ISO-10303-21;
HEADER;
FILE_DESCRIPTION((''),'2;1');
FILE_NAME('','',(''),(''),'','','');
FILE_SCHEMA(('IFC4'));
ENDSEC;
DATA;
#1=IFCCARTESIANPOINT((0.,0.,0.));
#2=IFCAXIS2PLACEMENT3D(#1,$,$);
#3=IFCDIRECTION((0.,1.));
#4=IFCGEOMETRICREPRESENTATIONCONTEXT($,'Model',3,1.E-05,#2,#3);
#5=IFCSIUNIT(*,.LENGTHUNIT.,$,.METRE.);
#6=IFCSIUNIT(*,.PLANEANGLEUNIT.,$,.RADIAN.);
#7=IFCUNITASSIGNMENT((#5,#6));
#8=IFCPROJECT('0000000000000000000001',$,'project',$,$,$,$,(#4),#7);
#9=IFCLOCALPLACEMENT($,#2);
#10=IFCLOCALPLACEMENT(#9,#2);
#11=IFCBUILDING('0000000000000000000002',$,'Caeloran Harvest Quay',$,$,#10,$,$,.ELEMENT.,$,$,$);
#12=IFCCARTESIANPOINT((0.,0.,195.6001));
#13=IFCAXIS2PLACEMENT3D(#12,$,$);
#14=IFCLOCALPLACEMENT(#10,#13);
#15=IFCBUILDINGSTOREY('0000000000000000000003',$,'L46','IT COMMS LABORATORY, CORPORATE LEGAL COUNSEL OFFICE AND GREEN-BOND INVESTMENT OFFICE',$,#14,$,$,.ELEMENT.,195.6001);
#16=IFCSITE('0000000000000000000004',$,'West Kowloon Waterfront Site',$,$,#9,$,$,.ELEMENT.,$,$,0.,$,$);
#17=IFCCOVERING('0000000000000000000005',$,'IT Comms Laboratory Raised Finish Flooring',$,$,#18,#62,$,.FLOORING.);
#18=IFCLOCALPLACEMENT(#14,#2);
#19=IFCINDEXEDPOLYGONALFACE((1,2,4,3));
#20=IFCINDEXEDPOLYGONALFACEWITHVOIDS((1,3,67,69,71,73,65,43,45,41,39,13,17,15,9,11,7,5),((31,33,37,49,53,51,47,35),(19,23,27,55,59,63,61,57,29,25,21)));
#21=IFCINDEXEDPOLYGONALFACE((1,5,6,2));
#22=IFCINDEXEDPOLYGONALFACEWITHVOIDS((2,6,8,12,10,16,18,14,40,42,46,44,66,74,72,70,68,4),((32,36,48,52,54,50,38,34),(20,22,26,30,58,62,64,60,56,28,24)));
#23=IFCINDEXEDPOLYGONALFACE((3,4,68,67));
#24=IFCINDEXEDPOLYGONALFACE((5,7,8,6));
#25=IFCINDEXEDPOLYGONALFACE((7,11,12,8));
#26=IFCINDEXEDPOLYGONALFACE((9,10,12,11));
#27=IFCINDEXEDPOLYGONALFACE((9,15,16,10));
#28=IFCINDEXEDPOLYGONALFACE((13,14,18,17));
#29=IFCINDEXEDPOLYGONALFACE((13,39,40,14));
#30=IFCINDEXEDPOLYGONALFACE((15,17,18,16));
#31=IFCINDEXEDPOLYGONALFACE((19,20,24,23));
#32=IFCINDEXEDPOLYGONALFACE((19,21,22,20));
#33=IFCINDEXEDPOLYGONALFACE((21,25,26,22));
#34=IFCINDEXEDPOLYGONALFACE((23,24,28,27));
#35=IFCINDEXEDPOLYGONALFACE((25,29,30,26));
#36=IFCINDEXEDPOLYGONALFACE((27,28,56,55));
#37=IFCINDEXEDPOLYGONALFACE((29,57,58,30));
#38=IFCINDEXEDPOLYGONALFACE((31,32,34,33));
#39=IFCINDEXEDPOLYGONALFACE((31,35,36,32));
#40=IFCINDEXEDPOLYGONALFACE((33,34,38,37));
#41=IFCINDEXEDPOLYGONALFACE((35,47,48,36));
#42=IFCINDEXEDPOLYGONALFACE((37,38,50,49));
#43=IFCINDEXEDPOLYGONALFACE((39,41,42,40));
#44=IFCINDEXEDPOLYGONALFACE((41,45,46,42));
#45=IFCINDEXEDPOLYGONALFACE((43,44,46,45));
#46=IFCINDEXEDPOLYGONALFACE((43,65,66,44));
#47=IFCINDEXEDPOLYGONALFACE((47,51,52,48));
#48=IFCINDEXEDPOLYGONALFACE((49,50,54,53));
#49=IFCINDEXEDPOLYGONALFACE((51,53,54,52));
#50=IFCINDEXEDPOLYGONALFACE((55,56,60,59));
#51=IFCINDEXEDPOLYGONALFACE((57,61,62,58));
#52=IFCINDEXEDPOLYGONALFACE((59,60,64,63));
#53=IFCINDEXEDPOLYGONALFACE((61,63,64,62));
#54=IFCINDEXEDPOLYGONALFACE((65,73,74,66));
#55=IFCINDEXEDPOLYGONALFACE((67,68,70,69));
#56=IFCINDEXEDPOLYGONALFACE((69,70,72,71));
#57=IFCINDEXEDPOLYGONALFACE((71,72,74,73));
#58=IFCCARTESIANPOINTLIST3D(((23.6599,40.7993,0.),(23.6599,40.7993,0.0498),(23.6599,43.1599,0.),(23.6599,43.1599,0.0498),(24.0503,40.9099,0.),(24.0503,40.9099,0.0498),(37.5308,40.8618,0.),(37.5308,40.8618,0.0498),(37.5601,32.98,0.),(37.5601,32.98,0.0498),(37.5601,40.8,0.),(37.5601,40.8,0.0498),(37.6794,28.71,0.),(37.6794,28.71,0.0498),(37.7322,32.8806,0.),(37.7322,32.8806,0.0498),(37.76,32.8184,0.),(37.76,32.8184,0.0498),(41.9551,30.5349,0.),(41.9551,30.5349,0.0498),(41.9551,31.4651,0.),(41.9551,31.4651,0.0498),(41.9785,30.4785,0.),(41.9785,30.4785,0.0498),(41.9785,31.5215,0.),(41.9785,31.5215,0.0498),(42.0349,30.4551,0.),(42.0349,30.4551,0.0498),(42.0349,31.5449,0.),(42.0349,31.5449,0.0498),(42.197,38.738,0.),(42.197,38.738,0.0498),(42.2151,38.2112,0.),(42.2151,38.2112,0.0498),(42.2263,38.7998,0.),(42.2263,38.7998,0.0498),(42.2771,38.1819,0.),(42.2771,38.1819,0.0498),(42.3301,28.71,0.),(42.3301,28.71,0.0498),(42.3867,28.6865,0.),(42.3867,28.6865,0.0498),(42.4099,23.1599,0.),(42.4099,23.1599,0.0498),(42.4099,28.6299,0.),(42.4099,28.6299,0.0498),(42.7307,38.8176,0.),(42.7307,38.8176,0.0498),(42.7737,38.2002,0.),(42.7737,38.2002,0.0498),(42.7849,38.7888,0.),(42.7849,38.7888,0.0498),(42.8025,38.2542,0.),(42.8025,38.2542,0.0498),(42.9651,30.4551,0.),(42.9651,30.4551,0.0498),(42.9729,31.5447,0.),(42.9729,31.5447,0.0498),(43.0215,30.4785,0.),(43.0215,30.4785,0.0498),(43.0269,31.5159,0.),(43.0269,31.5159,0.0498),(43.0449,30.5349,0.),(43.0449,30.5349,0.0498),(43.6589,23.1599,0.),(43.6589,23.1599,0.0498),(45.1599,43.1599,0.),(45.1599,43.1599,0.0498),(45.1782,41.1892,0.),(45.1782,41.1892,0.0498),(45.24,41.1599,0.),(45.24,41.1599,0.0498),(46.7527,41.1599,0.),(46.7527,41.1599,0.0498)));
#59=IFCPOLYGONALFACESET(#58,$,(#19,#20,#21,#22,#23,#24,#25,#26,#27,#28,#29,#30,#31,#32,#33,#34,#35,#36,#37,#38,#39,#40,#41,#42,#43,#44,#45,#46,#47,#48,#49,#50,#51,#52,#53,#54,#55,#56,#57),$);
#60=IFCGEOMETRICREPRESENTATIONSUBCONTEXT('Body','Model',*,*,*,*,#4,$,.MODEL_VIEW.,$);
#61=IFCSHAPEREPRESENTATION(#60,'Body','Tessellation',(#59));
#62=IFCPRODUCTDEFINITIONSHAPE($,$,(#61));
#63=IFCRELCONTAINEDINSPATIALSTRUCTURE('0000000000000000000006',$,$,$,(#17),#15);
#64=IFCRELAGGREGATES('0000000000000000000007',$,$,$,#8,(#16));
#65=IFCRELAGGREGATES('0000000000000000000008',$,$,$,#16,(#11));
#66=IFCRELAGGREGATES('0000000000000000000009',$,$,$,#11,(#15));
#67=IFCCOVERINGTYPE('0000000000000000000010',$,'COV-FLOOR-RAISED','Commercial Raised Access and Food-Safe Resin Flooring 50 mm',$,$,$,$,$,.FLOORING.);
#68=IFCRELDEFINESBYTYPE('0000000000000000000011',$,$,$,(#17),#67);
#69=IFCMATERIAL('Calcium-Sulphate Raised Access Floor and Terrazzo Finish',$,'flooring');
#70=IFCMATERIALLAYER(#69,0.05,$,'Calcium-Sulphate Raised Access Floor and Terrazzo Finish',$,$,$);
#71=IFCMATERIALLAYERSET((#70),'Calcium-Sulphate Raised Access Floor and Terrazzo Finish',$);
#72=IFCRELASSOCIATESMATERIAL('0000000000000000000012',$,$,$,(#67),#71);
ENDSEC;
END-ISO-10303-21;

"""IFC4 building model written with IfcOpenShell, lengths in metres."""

from ifc_helpers import new_model, si_unit, direction, frame, origin, place, context, subcontext, project, spatial, polyline, outline, extrude, material, layer, layer_set, type_object, element, save


model = new_model("IFC4")

# Units and contexts
model_context = context("Model", 3, precision=1e-05, world=origin(), true_north=direction((0.0, 1.0)))
body_context = subcontext(model_context, "Body", "Model", "MODEL_VIEW")
ifc_project = project(units=[si_unit("LENGTHUNIT", "METRE"), si_unit("PLANEANGLEUNIT", "RADIAN")], contexts=[model_context])

# Site, building, storey
site_placement = place(None, origin())
site = spatial("IfcSite", under=ifc_project, at=site_placement, Name="West Kowloon Waterfront Site", CompositionType="ELEMENT", RefElevation=0.0)
building_placement = place(site_placement, origin())
building = spatial("IfcBuilding", under=site, at=building_placement, Name="Caeloran Harvest Quay", CompositionType="ELEMENT")
storey_placement = place(building_placement, frame((0.0, 0.0, 195.6001)))
storey = spatial("IfcBuildingStorey", under=building, at=storey_placement, Name="L46", Description="IT COMMS LABORATORY, CORPORATE LEGAL COUNSEL OFFICE AND GREEN-BOND INVESTMENT OFFICE", CompositionType="ELEMENT", Elevation=195.6001)

# Covering
ifc_material_1 = material(Name="Calcium-Sulphate Raised Access Floor and Terrazzo Finish", Category="flooring")
ifc_layer_1 = layer(ifc_material_1, 0.05, Name="Calcium-Sulphate Raised Access Floor and Terrazzo Finish")
ifc_layer_set_1 = layer_set([ifc_layer_1], Name="Calcium-Sulphate Raised Access Floor and Terrazzo Finish")
covering_type_1 = type_object("IfcCoveringType", Name="COV-FLOOR-RAISED", Description="Commercial Raised Access and Food-Safe Resin Flooring 50 mm", PredefinedType="FLOORING", material=ifc_layer_set_1)
covering_1_placement = place(storey_placement, origin())
element("IfcCovering", 1, at=covering_1_placement, inside=storey, type_object=covering_type_1, Name="IT Comms Laboratory Raised Finish Flooring", PredefinedType="FLOORING", context=body_context, shape_type="SweptSolid", body=[
    extrude(outline(polyline([(23.6599, 40.7993), (23.6599, 43.1599), (45.1599, 43.1599), (45.1782, 41.1892), (45.24, 41.1599), (46.7527, 41.1599), (43.6589, 23.1599), (42.4099, 23.1599), (42.4099, 28.6299), (42.3867, 28.6865), (42.3301, 28.71), (37.6794, 28.71), (37.76, 32.8184), (37.7322, 32.8806), (37.5601, 32.98), (37.5601, 40.8), (37.5308, 40.8618), (24.0503, 40.9099), (23.6599, 40.7993)]), holes=[polyline([(43.0449, 30.5349), (43.0269, 31.5159), (42.9729, 31.5447), (42.0349, 31.5449), (41.9785, 31.5215), (41.9551, 31.4651), (41.9551, 30.5349), (41.9785, 30.4785), (42.0349, 30.4551), (42.9651, 30.4551), (43.0215, 30.4785), (43.0449, 30.5349)]), polyline([(42.8025, 38.2542), (42.7849, 38.7888), (42.7307, 38.8176), (42.2263, 38.7998), (42.197, 38.738), (42.2151, 38.2112), (42.2771, 38.1819), (42.7737, 38.2002), (42.8025, 38.2542)])]), origin(), (0.0, 0.0, 1.0), 0.0498),
])

save(model, "model.ifc")
